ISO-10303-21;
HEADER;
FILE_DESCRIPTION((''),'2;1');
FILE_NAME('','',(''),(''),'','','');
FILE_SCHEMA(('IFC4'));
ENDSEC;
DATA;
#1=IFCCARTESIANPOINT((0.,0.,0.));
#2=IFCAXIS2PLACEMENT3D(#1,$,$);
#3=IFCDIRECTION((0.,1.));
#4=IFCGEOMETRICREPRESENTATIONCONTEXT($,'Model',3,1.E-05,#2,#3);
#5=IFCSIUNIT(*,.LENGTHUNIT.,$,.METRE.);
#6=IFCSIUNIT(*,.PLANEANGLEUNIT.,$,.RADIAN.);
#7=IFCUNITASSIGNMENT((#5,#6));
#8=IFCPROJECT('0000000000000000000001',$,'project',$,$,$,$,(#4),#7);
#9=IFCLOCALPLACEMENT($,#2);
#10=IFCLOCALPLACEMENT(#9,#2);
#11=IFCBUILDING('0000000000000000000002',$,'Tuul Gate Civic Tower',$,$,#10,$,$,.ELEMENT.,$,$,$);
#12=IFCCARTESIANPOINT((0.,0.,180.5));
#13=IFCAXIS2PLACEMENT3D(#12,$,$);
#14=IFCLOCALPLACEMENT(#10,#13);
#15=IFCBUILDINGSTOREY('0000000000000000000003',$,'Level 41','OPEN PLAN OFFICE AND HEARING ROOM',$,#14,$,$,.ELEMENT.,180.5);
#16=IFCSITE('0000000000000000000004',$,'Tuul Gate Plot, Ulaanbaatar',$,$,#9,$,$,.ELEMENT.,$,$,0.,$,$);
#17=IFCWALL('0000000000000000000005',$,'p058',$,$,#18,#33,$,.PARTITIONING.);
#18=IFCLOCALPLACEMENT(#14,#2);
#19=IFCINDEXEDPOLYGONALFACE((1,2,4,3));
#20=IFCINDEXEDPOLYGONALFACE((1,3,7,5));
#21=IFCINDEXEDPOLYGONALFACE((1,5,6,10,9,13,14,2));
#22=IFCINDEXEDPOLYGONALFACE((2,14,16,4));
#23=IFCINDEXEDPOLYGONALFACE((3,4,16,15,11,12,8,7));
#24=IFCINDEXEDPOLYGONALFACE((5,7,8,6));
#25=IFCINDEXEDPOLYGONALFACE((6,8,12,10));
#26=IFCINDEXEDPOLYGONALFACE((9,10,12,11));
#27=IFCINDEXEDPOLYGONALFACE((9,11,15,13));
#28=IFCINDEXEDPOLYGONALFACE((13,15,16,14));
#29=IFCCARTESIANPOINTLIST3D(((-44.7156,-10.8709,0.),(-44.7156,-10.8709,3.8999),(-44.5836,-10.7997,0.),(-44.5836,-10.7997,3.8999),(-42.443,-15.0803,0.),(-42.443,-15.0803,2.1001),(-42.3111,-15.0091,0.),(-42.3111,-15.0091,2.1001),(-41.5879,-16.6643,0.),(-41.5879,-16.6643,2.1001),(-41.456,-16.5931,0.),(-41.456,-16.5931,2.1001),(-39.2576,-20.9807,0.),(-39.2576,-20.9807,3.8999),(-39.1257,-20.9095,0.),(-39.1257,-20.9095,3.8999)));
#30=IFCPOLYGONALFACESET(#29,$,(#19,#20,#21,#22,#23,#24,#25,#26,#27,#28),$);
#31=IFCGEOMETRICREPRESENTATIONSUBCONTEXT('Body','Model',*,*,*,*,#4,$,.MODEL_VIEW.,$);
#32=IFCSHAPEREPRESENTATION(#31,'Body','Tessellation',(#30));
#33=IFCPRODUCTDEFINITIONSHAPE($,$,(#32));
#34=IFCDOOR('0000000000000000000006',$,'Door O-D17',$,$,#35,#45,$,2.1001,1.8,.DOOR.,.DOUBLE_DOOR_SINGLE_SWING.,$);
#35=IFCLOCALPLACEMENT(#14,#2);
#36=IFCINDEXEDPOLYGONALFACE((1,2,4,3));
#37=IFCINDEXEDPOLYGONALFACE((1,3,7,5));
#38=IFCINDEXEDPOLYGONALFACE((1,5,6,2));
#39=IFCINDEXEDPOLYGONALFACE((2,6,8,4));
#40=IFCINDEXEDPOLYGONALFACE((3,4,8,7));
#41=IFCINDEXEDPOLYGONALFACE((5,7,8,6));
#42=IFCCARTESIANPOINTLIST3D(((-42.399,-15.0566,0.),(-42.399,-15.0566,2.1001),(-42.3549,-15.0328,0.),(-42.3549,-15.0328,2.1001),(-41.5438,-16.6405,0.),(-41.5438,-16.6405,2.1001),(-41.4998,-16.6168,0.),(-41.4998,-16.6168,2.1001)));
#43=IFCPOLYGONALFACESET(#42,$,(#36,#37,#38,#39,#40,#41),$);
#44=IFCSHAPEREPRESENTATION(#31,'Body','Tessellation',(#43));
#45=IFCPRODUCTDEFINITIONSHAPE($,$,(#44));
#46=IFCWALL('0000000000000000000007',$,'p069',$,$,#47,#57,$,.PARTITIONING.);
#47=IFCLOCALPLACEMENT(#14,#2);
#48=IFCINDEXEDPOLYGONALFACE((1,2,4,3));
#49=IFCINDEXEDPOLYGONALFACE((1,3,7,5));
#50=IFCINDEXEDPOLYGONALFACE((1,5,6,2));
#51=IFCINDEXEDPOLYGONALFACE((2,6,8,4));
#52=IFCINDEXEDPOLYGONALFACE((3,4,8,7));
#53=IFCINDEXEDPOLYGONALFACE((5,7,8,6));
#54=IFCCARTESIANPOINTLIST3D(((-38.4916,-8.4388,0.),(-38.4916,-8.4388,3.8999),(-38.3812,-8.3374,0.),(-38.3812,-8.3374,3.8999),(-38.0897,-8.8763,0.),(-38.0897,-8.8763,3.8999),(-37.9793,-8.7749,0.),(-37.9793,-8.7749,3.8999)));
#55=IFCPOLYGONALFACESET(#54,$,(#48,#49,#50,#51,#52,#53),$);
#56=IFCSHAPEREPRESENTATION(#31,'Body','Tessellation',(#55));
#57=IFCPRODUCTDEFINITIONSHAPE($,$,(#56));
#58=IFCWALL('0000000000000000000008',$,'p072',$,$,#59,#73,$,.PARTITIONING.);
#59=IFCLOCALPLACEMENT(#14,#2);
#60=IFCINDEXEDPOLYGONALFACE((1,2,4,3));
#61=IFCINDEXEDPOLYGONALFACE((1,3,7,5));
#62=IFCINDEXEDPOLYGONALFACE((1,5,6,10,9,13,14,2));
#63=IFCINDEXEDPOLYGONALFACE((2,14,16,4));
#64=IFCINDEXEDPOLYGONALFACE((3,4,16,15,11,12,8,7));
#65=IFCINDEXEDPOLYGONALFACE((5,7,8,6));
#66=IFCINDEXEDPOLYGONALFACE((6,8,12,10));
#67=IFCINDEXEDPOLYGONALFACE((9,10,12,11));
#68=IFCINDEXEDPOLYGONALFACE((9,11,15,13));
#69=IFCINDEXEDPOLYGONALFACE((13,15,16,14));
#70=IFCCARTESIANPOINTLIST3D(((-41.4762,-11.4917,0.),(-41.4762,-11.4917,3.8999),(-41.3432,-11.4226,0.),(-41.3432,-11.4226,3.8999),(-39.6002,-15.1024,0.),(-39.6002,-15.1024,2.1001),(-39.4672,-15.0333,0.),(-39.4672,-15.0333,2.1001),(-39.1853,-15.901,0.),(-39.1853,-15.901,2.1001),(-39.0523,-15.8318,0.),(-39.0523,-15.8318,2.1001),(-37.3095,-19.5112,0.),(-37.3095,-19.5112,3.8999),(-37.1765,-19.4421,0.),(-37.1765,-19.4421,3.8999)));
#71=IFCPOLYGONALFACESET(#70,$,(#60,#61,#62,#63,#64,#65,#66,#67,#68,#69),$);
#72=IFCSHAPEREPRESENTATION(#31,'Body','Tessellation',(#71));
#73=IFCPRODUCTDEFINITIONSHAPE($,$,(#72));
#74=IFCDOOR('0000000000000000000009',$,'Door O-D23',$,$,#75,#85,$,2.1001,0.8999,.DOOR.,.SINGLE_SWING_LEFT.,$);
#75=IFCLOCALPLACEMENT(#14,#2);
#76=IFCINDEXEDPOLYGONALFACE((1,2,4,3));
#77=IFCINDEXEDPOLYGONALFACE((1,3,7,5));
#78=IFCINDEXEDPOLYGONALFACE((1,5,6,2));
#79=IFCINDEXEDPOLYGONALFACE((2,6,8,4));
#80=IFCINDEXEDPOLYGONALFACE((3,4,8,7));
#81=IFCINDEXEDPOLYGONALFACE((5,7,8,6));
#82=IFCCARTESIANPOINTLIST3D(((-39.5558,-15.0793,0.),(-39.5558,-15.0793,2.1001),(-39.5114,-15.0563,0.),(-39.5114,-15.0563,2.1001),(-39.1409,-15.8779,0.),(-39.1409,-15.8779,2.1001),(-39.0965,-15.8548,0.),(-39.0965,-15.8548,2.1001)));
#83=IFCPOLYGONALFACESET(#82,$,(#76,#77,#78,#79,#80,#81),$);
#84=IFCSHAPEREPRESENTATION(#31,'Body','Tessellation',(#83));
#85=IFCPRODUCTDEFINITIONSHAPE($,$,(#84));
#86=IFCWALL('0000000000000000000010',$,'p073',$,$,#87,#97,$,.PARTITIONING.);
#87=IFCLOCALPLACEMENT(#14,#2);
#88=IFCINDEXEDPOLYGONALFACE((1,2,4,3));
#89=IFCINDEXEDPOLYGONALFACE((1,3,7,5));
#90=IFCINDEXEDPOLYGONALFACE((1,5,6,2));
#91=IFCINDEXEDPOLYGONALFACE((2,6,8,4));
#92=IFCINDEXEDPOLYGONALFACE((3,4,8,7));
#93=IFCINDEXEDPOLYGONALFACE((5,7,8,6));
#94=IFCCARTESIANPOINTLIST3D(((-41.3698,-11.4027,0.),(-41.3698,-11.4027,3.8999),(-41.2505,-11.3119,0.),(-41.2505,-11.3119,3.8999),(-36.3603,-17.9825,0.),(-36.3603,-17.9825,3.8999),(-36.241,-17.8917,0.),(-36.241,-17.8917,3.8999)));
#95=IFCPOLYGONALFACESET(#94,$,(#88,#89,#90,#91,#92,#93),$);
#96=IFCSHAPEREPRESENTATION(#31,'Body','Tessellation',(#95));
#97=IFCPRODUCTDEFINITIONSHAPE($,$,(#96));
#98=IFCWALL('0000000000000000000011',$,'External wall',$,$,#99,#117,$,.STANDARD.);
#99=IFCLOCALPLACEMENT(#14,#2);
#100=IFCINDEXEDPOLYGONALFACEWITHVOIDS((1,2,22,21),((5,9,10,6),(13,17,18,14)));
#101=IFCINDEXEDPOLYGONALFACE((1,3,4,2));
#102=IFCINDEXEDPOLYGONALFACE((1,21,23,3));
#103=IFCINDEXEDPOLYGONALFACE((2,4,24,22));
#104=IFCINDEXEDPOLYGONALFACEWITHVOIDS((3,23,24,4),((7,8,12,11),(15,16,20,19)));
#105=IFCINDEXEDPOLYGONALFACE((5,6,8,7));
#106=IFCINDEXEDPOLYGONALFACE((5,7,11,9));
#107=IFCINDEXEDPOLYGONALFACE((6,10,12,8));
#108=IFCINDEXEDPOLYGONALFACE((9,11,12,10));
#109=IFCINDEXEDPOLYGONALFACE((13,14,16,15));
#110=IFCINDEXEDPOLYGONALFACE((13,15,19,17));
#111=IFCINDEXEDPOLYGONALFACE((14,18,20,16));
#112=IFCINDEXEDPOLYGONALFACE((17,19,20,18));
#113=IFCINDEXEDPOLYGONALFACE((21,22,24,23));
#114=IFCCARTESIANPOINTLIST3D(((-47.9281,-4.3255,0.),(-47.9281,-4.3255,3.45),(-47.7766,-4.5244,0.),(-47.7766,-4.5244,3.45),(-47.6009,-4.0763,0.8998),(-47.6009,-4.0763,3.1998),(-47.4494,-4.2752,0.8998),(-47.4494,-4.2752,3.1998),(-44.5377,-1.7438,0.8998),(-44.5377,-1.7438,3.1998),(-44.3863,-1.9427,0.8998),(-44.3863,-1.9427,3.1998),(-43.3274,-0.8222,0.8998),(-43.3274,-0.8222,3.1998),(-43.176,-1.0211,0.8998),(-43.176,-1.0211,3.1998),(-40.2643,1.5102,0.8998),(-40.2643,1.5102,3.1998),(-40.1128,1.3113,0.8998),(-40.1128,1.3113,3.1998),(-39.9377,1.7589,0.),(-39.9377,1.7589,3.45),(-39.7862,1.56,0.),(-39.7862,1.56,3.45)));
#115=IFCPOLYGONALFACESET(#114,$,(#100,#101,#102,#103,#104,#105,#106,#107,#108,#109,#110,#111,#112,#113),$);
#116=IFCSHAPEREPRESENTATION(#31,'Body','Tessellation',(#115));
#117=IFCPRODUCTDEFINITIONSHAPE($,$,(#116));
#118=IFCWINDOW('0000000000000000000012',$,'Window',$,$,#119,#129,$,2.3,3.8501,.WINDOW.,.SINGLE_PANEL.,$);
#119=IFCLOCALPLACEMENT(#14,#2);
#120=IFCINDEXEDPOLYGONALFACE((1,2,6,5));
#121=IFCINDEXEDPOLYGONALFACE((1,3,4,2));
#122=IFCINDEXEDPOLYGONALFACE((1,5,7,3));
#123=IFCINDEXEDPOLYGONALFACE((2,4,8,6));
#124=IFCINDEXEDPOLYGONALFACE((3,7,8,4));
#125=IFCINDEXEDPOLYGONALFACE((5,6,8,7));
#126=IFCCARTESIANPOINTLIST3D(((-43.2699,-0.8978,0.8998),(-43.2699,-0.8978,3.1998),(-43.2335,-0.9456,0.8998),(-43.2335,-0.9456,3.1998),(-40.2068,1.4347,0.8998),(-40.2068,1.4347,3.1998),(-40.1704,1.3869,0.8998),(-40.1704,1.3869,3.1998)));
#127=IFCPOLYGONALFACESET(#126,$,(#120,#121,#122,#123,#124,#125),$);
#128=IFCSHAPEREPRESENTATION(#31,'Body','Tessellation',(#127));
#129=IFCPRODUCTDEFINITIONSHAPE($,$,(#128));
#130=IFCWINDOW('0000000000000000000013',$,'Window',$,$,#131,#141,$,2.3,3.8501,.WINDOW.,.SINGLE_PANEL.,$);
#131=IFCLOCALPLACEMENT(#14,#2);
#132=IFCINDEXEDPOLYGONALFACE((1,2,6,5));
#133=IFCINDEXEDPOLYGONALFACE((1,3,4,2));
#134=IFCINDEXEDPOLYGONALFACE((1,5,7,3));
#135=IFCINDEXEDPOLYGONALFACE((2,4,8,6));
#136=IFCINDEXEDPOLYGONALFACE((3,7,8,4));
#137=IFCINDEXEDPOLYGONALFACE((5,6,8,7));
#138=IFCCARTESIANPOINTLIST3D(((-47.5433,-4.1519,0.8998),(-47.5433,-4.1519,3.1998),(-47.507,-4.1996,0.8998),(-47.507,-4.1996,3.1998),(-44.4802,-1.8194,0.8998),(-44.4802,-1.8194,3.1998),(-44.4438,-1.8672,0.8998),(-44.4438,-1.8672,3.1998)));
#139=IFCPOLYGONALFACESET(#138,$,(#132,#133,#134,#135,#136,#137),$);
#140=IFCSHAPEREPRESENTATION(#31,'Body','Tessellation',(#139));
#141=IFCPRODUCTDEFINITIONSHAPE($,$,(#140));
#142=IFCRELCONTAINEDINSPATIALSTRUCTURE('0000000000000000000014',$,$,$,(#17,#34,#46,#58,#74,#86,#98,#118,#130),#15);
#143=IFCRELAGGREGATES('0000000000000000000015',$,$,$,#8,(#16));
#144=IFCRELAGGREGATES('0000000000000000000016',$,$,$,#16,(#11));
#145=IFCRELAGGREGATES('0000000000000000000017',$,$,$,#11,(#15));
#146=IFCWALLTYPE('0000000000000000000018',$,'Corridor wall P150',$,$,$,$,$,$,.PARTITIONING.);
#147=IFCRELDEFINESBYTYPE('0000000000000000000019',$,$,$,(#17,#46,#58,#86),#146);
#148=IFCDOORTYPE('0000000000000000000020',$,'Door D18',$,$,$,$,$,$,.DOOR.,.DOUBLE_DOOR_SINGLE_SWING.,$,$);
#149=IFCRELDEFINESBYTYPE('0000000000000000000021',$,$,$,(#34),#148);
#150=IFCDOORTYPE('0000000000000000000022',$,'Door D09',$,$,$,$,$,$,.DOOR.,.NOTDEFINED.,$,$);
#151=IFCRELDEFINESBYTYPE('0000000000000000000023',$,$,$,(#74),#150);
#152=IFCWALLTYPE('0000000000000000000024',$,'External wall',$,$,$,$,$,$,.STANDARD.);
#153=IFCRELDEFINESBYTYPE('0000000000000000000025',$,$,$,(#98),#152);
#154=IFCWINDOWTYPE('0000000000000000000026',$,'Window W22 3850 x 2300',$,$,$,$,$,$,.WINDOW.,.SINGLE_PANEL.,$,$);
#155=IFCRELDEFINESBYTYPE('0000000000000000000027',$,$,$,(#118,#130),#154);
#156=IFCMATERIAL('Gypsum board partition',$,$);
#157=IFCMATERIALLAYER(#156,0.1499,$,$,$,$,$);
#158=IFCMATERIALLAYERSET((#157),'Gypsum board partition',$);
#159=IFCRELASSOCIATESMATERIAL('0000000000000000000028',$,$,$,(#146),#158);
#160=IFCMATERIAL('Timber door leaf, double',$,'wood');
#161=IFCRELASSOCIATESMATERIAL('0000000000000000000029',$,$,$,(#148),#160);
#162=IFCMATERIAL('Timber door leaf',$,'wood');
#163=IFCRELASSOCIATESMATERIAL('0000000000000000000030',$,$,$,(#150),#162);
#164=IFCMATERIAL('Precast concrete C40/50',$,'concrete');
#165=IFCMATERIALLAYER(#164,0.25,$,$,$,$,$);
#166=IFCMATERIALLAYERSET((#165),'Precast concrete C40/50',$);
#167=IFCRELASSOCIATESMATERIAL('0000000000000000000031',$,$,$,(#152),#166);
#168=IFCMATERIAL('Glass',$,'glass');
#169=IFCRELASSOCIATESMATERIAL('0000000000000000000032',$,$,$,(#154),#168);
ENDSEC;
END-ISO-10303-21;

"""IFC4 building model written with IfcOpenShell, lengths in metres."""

from ifc_helpers import new_model, si_unit, direction, frame, frame_2d, origin, place, context, subcontext, project, spatial, rectangle, extrude, material, layer, layer_set, type_object, element, fill, save


model = new_model("IFC4")

# Units and contexts
model_context = context("Model", 3, precision=1e-05, world=origin(), true_north=direction((0.0, 1.0)))
body_context = subcontext(model_context, "Body", "Model", "MODEL_VIEW")
ifc_project = project(units=[si_unit("LENGTHUNIT", "METRE"), si_unit("PLANEANGLEUNIT", "RADIAN")], contexts=[model_context])

# Site, building, storey
site_placement = place(None, origin())
site = spatial("IfcSite", under=ifc_project, at=site_placement, Name="Tuul Gate Plot, Ulaanbaatar", CompositionType="ELEMENT", RefElevation=0.0)
building_placement = place(site_placement, origin())
building = spatial("IfcBuilding", under=site, at=building_placement, Name="Tuul Gate Civic Tower", CompositionType="ELEMENT")
storey_placement = place(building_placement, frame((0.0, 0.0, 180.5)))
storey = spatial("IfcBuildingStorey", under=building, at=storey_placement, Name="Level 41", Description="OPEN PLAN OFFICE AND HEARING ROOM", CompositionType="ELEMENT", Elevation=180.5)

# Wall, opening, door
ifc_material_1 = material(Name="Gypsum board partition")
ifc_layer_1 = layer(ifc_material_1, 0.1499)
ifc_layer_set_1 = layer_set([ifc_layer_1], Name="Gypsum board partition")
wall_type_1 = type_object("IfcWallType", Name="Corridor wall P150", PredefinedType="PARTITIONING", material=ifc_layer_set_1)
wall_1_placement = place(storey_placement, frame((-44.6497, -10.8352, 0.0), z_axis=(0.0, 0.0, 1.0), x_axis=(0.47506, -0.879953, 0.0)))
wall_1 = element("IfcWall", 1, at=wall_1_placement, inside=storey, type_object=wall_type_1, Name="p058", PredefinedType="PARTITIONING", context=body_context, shape_type="SweptSolid", body=[
    extrude(rectangle(XDim=11.489, YDim=0.1499, at=frame_2d((5.7446, 0.0))), origin(), (0.0, 0.0, 1.0), 3.8999),
])
opening_1_placement = place(wall_1_placement, frame((4.7839, 0.0, 0.0)))
opening_1 = element("IfcOpeningElement", 2, at=opening_1_placement, cuts=wall_1, PredefinedType="OPENING", context=body_context, shape_type="SweptSolid", body=[
    extrude(rectangle(XDim=1.8, YDim=2.1001, at=frame_2d((0.8999, 1.05))), frame((0.0, 0.085, 0.0), z_axis=(0.0, -1.0, 0.0), x_axis=(1.0, 0.0, 0.0)), (0.0, 0.0, 1.0), 0.1699),
])
ifc_material_2 = material(Name="Timber door leaf, double", Category="wood")
door_type_1 = type_object("IfcDoorType", Name="Door D18", OperationType="DOUBLE_DOOR_SINGLE_SWING", PredefinedType="DOOR", material=ifc_material_2)
door_1_placement = place(opening_1_placement, frame((1.8, 0.0, 0.0), z_axis=(0.0, 0.0, 1.0), x_axis=(-1.0, 0.0, 0.0)))
door_1 = element("IfcDoor", 3, at=door_1_placement, inside=storey, type_object=door_type_1, Name="Door O-D17", OperationType="DOUBLE_DOOR_SINGLE_SWING", OverallHeight=2.1001, OverallWidth=1.8, PredefinedType="DOOR", context=body_context, shape_type="SweptSolid", body=[
    extrude(rectangle(XDim=1.8, YDim=2.1001, at=frame_2d((0.9001, 1.05))), frame((0.0, 0.0249, 0.0), z_axis=(0.0, -1.0, 0.0), x_axis=(1.0, 0.0, 0.0)), (0.0, 0.0, 1.0), 0.05),
])
fill(opening_1, door_1)

# Wall
wall_2_placement = place(storey_placement, frame((-38.4363, -8.3882, 0.0), z_axis=(0.0, 0.0, 1.0), x_axis=(0.676469, -0.736471, 0.0)))
element("IfcWall", 4, at=wall_2_placement, inside=storey, type_object=wall_type_1, Name="p069", PredefinedType="PARTITIONING", context=body_context, shape_type="SweptSolid", body=[
    extrude(rectangle(XDim=0.594, YDim=0.1499, at=frame_2d((0.2969, 0.0))), origin(), (0.0, 0.0, 1.0), 3.8999),
])

# Wall, opening, door
wall_3_placement = place(storey_placement, frame((-41.4097, -11.4573, 0.0), z_axis=(0.0, 0.0, 1.0), x_axis=(0.461056, -0.887371, 0.0)))
wall_3 = element("IfcWall", 5, at=wall_3_placement, inside=storey, type_object=wall_type_1, Name="p072", PredefinedType="PARTITIONING", context=body_context, shape_type="SweptSolid", body=[
    extrude(rectangle(XDim=9.0374, YDim=0.1499, at=frame_2d((4.5186, 0.0))), origin(), (0.0, 0.0, 1.0), 3.8999),
])
opening_2_placement = place(wall_3_placement, frame((4.0688, 0.0, 0.0)))
opening_2 = element("IfcOpeningElement", 6, at=opening_2_placement, cuts=wall_3, PredefinedType="OPENING", context=body_context, shape_type="SweptSolid", body=[
    extrude(rectangle(XDim=0.8999, YDim=2.1001, at=frame_2d((0.45, 1.05))), frame((0.0, 0.085, 0.0), z_axis=(0.0, -1.0, 0.0), x_axis=(1.0, 0.0, 0.0)), (0.0, 0.0, 1.0), 0.1699),
])
ifc_material_3 = material(Name="Timber door leaf", Category="wood")
door_type_2 = type_object("IfcDoorType", Name="Door D09", OperationType="NOTDEFINED", PredefinedType="DOOR", material=ifc_material_3)
door_2_placement = place(opening_2_placement, frame((0.8999, 0.0, 0.0), z_axis=(0.0, 0.0, 1.0), x_axis=(-1.0, 0.0, 0.0)))
door_2 = element("IfcDoor", 7, at=door_2_placement, inside=storey, type_object=door_type_2, Name="Door O-D23", OperationType="SINGLE_SWING_LEFT", OverallHeight=2.1001, OverallWidth=0.8999, PredefinedType="DOOR", context=body_context, shape_type="SweptSolid", body=[
    extrude(rectangle(XDim=0.8999, YDim=2.1001, at=frame_2d((0.45, 1.05))), frame((0.0, 0.0249, 0.0), z_axis=(0.0, -1.0, 0.0), x_axis=(1.0, 0.0, 0.0)), (0.0, 0.0, 1.0), 0.05),
])
fill(opening_2, door_2)

# Wall
wall_4_placement = place(storey_placement, frame((-41.3101, -11.3574, 0.0), z_axis=(0.0, 0.0, 1.0), x_axis=(0.605761, -0.795646, 0.0)))
element("IfcWall", 8, at=wall_4_placement, inside=storey, type_object=wall_type_1, Name="p073", PredefinedType="PARTITIONING", context=body_context, shape_type="SweptSolid", body=[
    extrude(rectangle(XDim=8.2698, YDim=0.1499, at=frame_2d((4.1348, 0.0))), origin(), (0.0, 0.0, 1.0), 3.8999),
])

# Wall, openings, windows
ifc_material_4 = material(Name="Precast concrete C40/50", Category="concrete")
ifc_layer_2 = layer(ifc_material_4, 0.25)
ifc_layer_set_2 = layer_set([ifc_layer_2], Name="Precast concrete C40/50")
wall_type_2 = type_object("IfcWallType", Name="External wall", PredefinedType="STANDARD", material=ifc_layer_set_2)
wall_5_placement = place(storey_placement, frame((-39.8621, 1.6594, 0.0), z_axis=(0.0, 0.0, 1.0), x_axis=(-0.7956, -0.605822, 0.0)))
wall_5 = element("IfcWall", 9, at=wall_5_placement, inside=storey, type_object=wall_type_2, Name="External wall", PredefinedType="STANDARD", context=body_context, shape_type="SweptSolid", body=[
    extrude(rectangle(XDim=10.0432, YDim=0.25, at=frame_2d((5.0215, 0.0))), origin(), (0.0, 0.0, 1.0), 3.45),
])
opening_3_placement = place(wall_5_placement, frame((0.4104, 0.0, 0.8999)))
opening_3 = element("IfcOpeningElement", 10, at=opening_3_placement, cuts=wall_5, PredefinedType="OPENING", context=body_context, shape_type="SweptSolid", body=[
    extrude(rectangle(XDim=3.8501, YDim=2.3, at=frame_2d((1.925, 1.1499))), frame((0.0, 0.135, 0.0), z_axis=(0.0, -1.0, 0.0), x_axis=(1.0, 0.0, 0.0)), (0.0, 0.0, 1.0), 0.27),
])
opening_4_placement = place(wall_5_placement, frame((5.7817, 0.0, 0.8999)))
opening_4 = element("IfcOpeningElement", 11, at=opening_4_placement, cuts=wall_5, PredefinedType="OPENING", context=body_context, shape_type="SweptSolid", body=[
    extrude(rectangle(XDim=3.8501, YDim=2.3, at=frame_2d((1.925, 1.1499))), frame((0.0, 0.135, 0.0), z_axis=(0.0, -1.0, 0.0), x_axis=(1.0, 0.0, 0.0)), (0.0, 0.0, 1.0), 0.27),
])
ifc_material_5 = material(Name="Glass", Category="glass")
window_type_1 = type_object("IfcWindowType", Name="Window W22 3850 x 2300", PartitioningType="SINGLE_PANEL", PredefinedType="WINDOW", material=ifc_material_5)
window_1_placement = place(opening_3_placement, origin())
window_1 = element("IfcWindow", 12, at=window_1_placement, inside=storey, type_object=window_type_1, Name="Window", OverallHeight=2.3, OverallWidth=3.8501, PartitioningType="SINGLE_PANEL", PredefinedType="WINDOW", context=body_context, shape_type="SweptSolid", body=[
    extrude(rectangle(XDim=3.8501, YDim=2.3, at=frame_2d((1.925, 1.1499))), frame((0.0, 0.03, 0.0), z_axis=(0.0, -1.0, 0.0), x_axis=(1.0, 0.0, 0.0)), (0.0, 0.0, 1.0), 0.0601),
])
fill(opening_3, window_1)
window_2_placement = place(opening_4_placement, origin())
window_2 = element("IfcWindow", 13, at=window_2_placement, inside=storey, type_object=window_type_1, Name="Window", OverallHeight=2.3, OverallWidth=3.8501, PartitioningType="SINGLE_PANEL", PredefinedType="WINDOW", context=body_context, shape_type="SweptSolid", body=[
    extrude(rectangle(XDim=3.8501, YDim=2.3, at=frame_2d((1.925, 1.1499))), frame((0.0, 0.03, 0.0), z_axis=(0.0, -1.0, 0.0), x_axis=(1.0, 0.0, 0.0)), (0.0, 0.0, 1.0), 0.0601),
])
fill(opening_4, window_2)

save(model, "model.ifc")
